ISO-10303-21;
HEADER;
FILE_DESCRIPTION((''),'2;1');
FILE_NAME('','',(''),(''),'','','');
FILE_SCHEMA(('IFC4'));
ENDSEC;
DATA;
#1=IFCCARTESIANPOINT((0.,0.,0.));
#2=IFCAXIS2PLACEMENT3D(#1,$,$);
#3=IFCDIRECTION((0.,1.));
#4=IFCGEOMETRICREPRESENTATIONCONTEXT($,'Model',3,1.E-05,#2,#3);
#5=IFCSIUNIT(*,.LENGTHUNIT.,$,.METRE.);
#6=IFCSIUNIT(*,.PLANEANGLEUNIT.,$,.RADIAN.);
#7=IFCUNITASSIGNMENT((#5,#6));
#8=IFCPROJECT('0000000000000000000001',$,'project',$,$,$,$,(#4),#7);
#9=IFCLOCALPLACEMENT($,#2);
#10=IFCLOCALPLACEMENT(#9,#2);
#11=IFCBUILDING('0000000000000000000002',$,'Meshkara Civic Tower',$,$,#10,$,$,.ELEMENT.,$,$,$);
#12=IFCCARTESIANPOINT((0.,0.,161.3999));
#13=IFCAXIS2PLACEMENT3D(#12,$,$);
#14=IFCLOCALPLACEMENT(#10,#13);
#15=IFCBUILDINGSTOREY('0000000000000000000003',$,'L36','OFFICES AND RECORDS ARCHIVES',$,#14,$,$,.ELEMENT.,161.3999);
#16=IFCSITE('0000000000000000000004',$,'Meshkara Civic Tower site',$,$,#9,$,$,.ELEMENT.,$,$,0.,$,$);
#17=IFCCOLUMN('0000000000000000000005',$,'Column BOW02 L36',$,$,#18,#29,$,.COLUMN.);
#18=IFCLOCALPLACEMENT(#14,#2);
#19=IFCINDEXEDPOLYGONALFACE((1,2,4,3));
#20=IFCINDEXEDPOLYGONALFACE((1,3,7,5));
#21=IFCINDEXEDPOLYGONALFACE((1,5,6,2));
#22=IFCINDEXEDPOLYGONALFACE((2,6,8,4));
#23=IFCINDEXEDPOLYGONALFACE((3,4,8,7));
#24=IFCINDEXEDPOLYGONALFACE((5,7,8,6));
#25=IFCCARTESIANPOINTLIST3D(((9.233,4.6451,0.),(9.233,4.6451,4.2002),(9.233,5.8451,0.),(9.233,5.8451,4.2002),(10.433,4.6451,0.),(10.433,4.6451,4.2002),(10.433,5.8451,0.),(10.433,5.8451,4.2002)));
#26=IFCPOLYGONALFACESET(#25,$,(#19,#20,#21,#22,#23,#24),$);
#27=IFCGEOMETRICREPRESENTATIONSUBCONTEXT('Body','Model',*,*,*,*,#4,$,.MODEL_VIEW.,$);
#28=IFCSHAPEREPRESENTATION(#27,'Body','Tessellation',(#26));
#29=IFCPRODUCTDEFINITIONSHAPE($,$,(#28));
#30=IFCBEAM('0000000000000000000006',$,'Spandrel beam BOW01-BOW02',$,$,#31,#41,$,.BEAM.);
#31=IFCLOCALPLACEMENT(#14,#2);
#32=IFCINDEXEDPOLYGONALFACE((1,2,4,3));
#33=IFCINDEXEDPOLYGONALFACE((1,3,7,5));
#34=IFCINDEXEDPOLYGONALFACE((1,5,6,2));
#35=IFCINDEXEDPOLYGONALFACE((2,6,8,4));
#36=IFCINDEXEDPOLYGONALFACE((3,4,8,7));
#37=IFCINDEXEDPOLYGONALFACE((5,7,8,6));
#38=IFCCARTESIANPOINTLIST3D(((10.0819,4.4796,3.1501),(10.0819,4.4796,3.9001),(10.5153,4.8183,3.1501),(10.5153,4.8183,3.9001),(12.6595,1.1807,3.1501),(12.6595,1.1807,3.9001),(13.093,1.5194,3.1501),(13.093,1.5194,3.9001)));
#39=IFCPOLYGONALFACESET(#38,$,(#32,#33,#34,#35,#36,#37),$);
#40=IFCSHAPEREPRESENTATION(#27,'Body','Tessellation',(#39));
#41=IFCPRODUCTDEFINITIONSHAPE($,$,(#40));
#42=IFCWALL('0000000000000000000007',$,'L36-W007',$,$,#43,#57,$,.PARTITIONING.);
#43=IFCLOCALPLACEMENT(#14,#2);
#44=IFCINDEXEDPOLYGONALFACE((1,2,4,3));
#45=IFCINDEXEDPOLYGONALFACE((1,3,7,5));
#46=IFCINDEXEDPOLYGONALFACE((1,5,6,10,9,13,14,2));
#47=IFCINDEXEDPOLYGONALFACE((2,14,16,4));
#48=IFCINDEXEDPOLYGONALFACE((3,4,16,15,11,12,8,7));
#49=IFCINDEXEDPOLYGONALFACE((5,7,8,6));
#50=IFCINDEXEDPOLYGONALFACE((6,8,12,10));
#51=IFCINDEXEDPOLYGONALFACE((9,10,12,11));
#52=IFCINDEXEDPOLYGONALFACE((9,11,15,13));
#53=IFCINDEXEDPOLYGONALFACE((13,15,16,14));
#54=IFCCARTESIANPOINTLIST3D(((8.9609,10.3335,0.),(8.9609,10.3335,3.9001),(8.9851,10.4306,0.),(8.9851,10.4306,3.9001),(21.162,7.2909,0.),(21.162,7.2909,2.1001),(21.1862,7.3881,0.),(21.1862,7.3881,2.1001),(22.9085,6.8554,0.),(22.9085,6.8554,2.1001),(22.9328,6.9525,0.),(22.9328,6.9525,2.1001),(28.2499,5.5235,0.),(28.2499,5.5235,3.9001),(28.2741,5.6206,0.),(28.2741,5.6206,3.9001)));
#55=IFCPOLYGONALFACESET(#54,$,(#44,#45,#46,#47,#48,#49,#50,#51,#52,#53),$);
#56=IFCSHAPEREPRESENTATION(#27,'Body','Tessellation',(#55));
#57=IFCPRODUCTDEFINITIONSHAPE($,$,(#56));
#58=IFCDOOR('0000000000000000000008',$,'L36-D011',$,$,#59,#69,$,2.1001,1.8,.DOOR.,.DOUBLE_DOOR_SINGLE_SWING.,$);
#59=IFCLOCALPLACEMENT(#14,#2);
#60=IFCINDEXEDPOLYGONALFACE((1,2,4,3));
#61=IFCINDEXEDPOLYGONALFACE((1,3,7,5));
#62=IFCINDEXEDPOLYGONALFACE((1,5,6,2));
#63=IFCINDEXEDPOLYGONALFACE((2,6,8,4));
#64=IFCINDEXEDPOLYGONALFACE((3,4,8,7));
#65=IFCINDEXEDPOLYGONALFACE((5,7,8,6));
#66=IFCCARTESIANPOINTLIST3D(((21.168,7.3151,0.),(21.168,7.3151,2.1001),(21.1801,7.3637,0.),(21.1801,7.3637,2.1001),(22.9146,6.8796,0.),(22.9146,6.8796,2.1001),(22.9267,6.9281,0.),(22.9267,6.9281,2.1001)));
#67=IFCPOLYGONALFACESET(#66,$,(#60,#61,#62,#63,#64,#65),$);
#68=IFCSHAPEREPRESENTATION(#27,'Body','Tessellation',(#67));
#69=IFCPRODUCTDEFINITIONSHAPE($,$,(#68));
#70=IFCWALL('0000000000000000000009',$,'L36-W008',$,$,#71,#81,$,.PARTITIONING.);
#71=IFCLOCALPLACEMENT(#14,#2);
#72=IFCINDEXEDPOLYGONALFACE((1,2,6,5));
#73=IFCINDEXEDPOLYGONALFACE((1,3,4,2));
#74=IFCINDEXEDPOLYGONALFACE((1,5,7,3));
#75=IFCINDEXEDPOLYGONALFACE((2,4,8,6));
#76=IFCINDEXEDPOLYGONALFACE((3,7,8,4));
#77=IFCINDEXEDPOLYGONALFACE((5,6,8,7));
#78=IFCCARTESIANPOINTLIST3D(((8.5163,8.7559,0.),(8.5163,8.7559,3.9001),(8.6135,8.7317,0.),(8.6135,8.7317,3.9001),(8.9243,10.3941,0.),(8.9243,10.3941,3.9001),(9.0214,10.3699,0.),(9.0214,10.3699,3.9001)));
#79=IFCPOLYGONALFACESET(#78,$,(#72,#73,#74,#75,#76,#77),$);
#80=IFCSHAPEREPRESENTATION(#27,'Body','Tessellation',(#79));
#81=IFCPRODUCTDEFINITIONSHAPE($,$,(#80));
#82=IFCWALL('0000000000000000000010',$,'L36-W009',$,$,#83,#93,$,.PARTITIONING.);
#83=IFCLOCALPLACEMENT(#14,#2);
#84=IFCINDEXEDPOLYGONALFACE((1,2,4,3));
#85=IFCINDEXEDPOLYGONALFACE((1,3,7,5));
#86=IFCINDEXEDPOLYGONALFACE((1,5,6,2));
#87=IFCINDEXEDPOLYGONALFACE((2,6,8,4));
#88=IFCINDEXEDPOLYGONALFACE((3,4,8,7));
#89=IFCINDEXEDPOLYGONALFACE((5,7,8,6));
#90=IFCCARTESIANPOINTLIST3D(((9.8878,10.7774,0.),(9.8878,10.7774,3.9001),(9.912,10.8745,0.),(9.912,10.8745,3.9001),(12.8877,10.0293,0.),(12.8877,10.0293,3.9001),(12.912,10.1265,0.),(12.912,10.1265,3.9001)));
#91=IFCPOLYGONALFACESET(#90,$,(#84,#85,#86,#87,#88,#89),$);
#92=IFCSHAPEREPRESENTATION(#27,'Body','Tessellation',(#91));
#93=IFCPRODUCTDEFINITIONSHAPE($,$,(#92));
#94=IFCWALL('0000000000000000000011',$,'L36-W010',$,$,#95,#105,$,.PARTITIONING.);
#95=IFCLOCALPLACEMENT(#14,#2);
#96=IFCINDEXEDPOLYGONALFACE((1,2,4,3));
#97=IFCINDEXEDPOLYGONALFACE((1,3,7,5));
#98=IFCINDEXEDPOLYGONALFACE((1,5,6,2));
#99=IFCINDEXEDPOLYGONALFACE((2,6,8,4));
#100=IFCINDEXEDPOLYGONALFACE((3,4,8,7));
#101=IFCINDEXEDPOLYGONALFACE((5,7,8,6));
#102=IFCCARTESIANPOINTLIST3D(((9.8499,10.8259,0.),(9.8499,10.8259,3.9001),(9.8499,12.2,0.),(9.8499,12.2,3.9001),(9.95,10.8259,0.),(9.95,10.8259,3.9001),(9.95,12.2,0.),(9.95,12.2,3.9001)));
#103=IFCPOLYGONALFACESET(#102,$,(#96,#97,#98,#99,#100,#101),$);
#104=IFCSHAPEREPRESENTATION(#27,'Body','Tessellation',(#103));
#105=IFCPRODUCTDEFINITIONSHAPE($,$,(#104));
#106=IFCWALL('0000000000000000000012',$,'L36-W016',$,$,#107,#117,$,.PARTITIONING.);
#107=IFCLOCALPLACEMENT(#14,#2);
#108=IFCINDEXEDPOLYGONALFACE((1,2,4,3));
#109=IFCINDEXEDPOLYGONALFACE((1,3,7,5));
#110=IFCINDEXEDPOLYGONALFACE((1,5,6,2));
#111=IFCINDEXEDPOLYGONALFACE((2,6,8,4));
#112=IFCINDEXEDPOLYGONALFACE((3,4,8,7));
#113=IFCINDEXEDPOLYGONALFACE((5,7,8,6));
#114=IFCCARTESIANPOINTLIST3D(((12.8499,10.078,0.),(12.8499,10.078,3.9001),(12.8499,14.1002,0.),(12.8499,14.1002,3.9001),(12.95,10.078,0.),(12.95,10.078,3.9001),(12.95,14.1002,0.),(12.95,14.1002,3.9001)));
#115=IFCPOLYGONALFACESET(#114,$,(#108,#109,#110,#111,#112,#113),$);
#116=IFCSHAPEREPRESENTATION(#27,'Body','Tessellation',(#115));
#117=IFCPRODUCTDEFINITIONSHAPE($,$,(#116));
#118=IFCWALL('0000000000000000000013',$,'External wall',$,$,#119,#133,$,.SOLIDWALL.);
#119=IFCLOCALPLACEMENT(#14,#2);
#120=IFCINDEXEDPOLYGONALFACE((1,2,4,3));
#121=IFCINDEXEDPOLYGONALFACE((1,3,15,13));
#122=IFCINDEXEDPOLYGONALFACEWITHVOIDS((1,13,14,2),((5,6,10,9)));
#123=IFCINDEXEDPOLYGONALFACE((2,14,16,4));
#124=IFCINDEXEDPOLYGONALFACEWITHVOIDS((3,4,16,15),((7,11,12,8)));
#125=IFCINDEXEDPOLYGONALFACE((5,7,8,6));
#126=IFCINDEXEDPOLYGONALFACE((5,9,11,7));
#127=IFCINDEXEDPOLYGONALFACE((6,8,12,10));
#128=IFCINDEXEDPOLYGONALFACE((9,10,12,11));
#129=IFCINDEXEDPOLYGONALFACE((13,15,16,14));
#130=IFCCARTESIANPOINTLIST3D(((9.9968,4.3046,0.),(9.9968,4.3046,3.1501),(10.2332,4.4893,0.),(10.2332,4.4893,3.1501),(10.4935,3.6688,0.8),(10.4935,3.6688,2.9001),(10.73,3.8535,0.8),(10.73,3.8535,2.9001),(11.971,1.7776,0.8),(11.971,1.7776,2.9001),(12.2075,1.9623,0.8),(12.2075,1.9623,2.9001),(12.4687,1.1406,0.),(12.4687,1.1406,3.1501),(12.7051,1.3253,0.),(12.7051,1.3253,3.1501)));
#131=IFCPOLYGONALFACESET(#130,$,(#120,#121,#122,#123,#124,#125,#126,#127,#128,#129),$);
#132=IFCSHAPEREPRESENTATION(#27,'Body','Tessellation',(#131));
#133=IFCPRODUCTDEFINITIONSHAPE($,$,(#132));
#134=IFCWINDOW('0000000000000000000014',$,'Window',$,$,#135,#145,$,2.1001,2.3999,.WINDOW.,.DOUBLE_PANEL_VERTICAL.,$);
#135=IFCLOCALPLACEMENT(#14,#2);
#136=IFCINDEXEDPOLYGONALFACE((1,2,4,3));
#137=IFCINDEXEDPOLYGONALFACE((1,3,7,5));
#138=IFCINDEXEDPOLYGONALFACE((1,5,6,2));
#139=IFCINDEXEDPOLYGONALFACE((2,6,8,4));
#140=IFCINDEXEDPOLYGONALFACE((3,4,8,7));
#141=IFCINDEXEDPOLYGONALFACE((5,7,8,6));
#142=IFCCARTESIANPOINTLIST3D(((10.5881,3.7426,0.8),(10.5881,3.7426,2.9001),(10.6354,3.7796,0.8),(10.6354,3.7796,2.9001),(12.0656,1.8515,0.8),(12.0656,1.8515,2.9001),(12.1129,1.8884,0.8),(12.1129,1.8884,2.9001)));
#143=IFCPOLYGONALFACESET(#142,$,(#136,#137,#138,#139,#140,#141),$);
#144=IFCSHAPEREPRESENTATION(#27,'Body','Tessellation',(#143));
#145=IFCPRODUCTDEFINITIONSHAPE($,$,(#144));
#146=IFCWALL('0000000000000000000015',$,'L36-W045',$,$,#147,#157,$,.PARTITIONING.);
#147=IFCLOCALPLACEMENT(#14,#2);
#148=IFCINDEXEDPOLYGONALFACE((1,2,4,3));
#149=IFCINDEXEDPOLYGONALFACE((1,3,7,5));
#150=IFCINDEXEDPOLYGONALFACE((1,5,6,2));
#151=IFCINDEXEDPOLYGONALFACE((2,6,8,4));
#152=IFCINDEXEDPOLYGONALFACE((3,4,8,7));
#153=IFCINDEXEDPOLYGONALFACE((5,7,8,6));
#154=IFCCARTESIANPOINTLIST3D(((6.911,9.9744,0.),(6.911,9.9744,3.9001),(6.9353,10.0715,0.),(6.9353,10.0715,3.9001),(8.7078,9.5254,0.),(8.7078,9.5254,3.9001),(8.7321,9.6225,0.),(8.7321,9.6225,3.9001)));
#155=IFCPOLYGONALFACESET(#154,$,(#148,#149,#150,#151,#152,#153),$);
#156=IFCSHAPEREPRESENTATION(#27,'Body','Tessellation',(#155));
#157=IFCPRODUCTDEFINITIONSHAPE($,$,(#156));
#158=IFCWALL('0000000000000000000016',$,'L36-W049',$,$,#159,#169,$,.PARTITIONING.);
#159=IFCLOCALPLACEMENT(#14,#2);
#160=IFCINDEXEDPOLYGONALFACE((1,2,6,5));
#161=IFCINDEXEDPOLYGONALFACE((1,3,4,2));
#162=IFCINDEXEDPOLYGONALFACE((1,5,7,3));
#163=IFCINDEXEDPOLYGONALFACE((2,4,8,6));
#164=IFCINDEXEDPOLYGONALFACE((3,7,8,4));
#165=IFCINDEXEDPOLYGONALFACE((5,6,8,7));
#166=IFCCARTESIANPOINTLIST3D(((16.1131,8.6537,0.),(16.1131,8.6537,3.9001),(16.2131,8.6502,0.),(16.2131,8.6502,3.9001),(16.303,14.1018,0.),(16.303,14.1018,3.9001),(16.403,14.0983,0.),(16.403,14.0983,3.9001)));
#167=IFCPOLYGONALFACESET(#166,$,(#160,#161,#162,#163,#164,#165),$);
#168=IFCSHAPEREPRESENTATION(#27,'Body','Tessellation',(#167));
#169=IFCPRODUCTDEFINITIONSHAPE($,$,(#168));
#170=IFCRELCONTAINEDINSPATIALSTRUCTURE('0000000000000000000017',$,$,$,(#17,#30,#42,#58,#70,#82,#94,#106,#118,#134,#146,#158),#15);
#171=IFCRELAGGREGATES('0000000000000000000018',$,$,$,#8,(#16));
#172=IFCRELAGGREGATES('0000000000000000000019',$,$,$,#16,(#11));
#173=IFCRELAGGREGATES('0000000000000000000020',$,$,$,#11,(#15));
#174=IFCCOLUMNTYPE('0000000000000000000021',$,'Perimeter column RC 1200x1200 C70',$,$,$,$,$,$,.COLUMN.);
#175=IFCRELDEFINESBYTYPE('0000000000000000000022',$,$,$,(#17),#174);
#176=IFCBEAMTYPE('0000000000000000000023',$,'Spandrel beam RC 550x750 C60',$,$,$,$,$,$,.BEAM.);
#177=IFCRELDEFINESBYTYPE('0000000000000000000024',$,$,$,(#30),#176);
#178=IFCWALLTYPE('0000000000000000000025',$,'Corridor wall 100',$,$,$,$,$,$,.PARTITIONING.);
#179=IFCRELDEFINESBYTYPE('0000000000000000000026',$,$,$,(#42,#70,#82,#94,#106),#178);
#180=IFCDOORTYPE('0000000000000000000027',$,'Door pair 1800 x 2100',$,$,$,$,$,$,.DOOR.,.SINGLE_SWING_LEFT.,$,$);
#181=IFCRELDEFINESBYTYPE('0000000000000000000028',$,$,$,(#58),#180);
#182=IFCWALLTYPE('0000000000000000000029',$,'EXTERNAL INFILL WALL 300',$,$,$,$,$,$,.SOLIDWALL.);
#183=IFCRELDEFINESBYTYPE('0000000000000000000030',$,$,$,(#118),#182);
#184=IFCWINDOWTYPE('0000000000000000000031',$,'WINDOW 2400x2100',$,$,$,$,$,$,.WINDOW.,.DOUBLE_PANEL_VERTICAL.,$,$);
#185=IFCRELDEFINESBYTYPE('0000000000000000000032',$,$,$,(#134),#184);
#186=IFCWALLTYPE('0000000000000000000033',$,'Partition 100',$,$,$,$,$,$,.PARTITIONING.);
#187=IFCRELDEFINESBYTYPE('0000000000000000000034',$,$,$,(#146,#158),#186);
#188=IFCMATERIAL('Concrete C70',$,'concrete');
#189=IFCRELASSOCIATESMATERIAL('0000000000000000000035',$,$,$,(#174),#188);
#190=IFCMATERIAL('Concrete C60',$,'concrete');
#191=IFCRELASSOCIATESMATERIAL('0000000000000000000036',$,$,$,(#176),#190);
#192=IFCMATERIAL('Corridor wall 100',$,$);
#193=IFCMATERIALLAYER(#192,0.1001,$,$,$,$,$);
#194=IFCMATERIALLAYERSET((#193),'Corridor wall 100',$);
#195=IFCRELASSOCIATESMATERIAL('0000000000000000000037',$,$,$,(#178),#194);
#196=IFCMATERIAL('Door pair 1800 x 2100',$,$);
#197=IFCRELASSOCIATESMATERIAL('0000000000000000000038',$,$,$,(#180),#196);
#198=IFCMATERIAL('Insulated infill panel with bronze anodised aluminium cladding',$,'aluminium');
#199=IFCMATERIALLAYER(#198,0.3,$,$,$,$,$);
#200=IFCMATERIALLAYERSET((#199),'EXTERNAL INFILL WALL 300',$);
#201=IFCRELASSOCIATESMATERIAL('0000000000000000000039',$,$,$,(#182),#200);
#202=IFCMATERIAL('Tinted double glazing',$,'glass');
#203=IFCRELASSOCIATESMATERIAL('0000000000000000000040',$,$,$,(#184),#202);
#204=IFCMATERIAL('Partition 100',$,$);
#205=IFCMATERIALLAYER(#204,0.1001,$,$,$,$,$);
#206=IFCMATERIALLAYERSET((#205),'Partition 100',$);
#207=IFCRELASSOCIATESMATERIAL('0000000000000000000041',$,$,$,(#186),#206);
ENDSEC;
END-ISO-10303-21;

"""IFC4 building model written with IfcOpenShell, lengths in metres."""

from ifc_helpers import new_model, si_unit, direction, frame, frame_2d, origin, origin_2d, place, context, subcontext, project, spatial, rectangle, extrude, material, layer, layer_set, material_profile, profile_set, type_object, element, fill, save


model = new_model("IFC4")

# Units and contexts
model_context = context("Model", 3, precision=1e-05, world=origin(), true_north=direction((0.0, 1.0)))
body_context = subcontext(model_context, "Body", "Model", "MODEL_VIEW")
ifc_project = project(units=[si_unit("LENGTHUNIT", "METRE"), si_unit("PLANEANGLEUNIT", "RADIAN")], contexts=[model_context])

# Site, building, storey
site_placement = place(None, origin())
site = spatial("IfcSite", under=ifc_project, at=site_placement, Name="Meshkara Civic Tower site", CompositionType="ELEMENT", RefElevation=0.0)
building_placement = place(site_placement, origin())
building = spatial("IfcBuilding", under=site, at=building_placement, Name="Meshkara Civic Tower", CompositionType="ELEMENT")
storey_placement = place(building_placement, frame((0.0, 0.0, 161.3999)))
storey = spatial("IfcBuildingStorey", under=building, at=storey_placement, Name="L36", Description="OFFICES AND RECORDS ARCHIVES", CompositionType="ELEMENT", Elevation=161.3999)

# Column
ifc_material_1 = material(Name="Concrete C70", Category="concrete")
ifc_material_profile_1 = material_profile(ifc_material_1, rectangle(XDim=1.2, YDim=1.2, at=origin_2d()))
ifc_profile_set_1 = profile_set([ifc_material_profile_1], Name="Concrete C70")
column_type = type_object("IfcColumnType", Name="Perimeter column RC 1200x1200 C70", PredefinedType="COLUMN", material=ifc_profile_set_1)
column_placement = place(storey_placement, frame((9.833, 5.2451, 0.0), z_axis=(0.0, 0.0, 1.0), x_axis=(1.0, 0.0, 0.0)))
element("IfcColumn", 1, at=column_placement, inside=storey, type_object=column_type, Name="Column BOW02 L36", PredefinedType="COLUMN", context=body_context, shape_type="SweptSolid", body=[
    extrude(rectangle(XDim=1.2, YDim=1.2, at=origin_2d()), origin(), (0.0, 0.0, 1.0), 4.2002),
])

# Beam
ifc_material_2 = material(Name="Concrete C60", Category="concrete")
ifc_material_profile_2 = material_profile(ifc_material_2, rectangle(XDim=0.55, YDim=0.75, at=origin_2d()))
ifc_profile_set_2 = profile_set([ifc_material_profile_2], Name="Concrete C60")
beam_type = type_object("IfcBeamType", Name="Spandrel beam RC 550x750 C60", PredefinedType="BEAM", material=ifc_profile_set_2)
beam_placement = place(storey_placement, frame((10.2986, 4.6489, 3.5251), z_axis=(0.615707, -0.787975, 0.0), x_axis=(0.787975, 0.615707, 0.0)))
element("IfcBeam", 2, at=beam_placement, inside=storey, type_object=beam_type, Name="Spandrel beam BOW01-BOW02", PredefinedType="BEAM", context=body_context, shape_type="SweptSolid", body=[
    extrude(rectangle(XDim=0.55, YDim=0.75, at=origin_2d()), origin(), (0.0, 0.0, 1.0), 4.1865),
])

# Wall, opening, door
ifc_material_3 = material(Name="Corridor wall 100")
ifc_layer_1 = layer(ifc_material_3, 0.1001)
ifc_layer_set_1 = layer_set([ifc_layer_1], Name="Corridor wall 100")
wall_type_1 = type_object("IfcWallType", Name="Corridor wall 100", PredefinedType="PARTITIONING", material=ifc_layer_set_1)
wall_1_placement = place(storey_placement, frame((8.9729, 10.3821, 0.0), z_axis=(0.0, 0.0, 1.0), x_axis=(0.970287, -0.241958, 0.0)))
wall_1 = element("IfcWall", 3, at=wall_1_placement, inside=storey, type_object=wall_type_1, Name="L36-W007", PredefinedType="PARTITIONING", context=body_context, shape_type="SweptSolid", body=[
    extrude(rectangle(XDim=19.8796, YDim=0.1001, at=frame_2d((9.9399, 0.0))), origin(), (0.0, 0.0, 1.0), 3.9001),
])
opening_1_placement = place(wall_1_placement, frame((12.575, 0.0, 0.0)))
opening_1 = element("IfcOpeningElement", 4, at=opening_1_placement, cuts=wall_1, PredefinedType="OPENING", context=body_context, shape_type="SweptSolid", body=[
    extrude(rectangle(XDim=1.8, YDim=2.1001, at=frame_2d((0.8999, 1.05))), frame((0.0, 0.0601, 0.0), z_axis=(0.0, -1.0, 0.0), x_axis=(1.0, 0.0, 0.0)), (0.0, 0.0, 1.0), 0.1201),
])
ifc_material_4 = material(Name="Door pair 1800 x 2100")
door_type = type_object("IfcDoorType", Name="Door pair 1800 x 2100", OperationType="SINGLE_SWING_LEFT", PredefinedType="DOOR", material=ifc_material_4)
door_placement = place(opening_1_placement, origin())
door = element("IfcDoor", 5, at=door_placement, inside=storey, type_object=door_type, Name="L36-D011", OperationType="DOUBLE_DOOR_SINGLE_SWING", OverallHeight=2.1001, OverallWidth=1.8, PredefinedType="DOOR", context=body_context, shape_type="SweptSolid", body=[
    extrude(rectangle(XDim=1.8, YDim=2.1001, at=frame_2d((0.8999, 1.05))), frame((0.0, 0.0249, 0.0), z_axis=(0.0, -1.0, 0.0), x_axis=(1.0, 0.0, 0.0)), (0.0, 0.0, 1.0), 0.05),
])
fill(opening_1, door)

# Walls
wall_2_placement = place(storey_placement, frame((8.9729, 10.3821, 0.0), z_axis=(0.0, 0.0, 1.0), x_axis=(-0.241651, -0.970363, 0.0)))
element("IfcWall", 6, at=wall_2_placement, inside=storey, type_object=wall_type_1, Name="L36-W008", PredefinedType="PARTITIONING", context=body_context, shape_type="SweptSolid", body=[
    extrude(rectangle(XDim=1.6882, YDim=0.1001, at=frame_2d((0.8442, 0.0))), origin(), (0.0, 0.0, 1.0), 3.9001),
])
wall_3_placement = place(storey_placement, frame((9.8999, 10.8259, 0.0), z_axis=(0.0, 0.0, 1.0), x_axis=(0.970291, -0.241941, 0.0)))
element("IfcWall", 7, at=wall_3_placement, inside=storey, type_object=wall_type_1, Name="L36-W009", PredefinedType="PARTITIONING", context=body_context, shape_type="SweptSolid", body=[
    extrude(rectangle(XDim=3.0918, YDim=0.1001, at=frame_2d((1.5459, 0.0))), origin(), (0.0, 0.0, 1.0), 3.9001),
])
wall_4_placement = place(storey_placement, frame((9.8999, 12.2, 0.0), z_axis=(0.0, 0.0, 1.0), x_axis=(0.0, -1.0, 0.0)))
element("IfcWall", 8, at=wall_4_placement, inside=storey, type_object=wall_type_1, Name="L36-W010", PredefinedType="PARTITIONING", context=body_context, shape_type="SweptSolid", body=[
    extrude(rectangle(XDim=1.374, YDim=0.1001, at=frame_2d((0.687, 0.0))), origin(), (0.0, 0.0, 1.0), 3.9001),
])
wall_5_placement = place(storey_placement, frame((12.8999, 10.0779, 0.0), z_axis=(0.0, 0.0, 1.0), x_axis=(0.0, 1.0, 0.0)))
element("IfcWall", 9, at=wall_5_placement, inside=storey, type_object=wall_type_1, Name="L36-W016", PredefinedType="PARTITIONING", context=body_context, shape_type="SweptSolid", body=[
    extrude(rectangle(XDim=4.0222, YDim=0.1001, at=frame_2d((2.0112, 0.0))), origin(), (0.0, 0.0, 1.0), 3.9001),
])

# Wall, opening, window
ifc_material_5 = material(Name="Insulated infill panel with bronze anodised aluminium cladding", Category="aluminium")
ifc_layer_2 = layer(ifc_material_5, 0.3)
ifc_layer_set_2 = layer_set([ifc_layer_2], Name="EXTERNAL INFILL WALL 300")
wall_type_2 = type_object("IfcWallType", Name="EXTERNAL INFILL WALL 300", PredefinedType="SOLIDWALL", material=ifc_layer_set_2)
wall_6_placement = place(storey_placement, frame((10.115, 4.397, 0.0), z_axis=(0.0, 0.0, 1.0), x_axis=(0.615644, -0.788024, 0.0)))
wall_6 = element("IfcWall", 10, at=wall_6_placement, inside=storey, type_object=wall_type_2, Name="External wall", PredefinedType="SOLIDWALL", context=body_context, shape_type="SweptSolid", body=[
    extrude(rectangle(XDim=4.0151, YDim=0.3, at=frame_2d((2.0076, 0.0))), origin(), (0.0, 0.0, 1.0), 3.1501),
])
opening_2_placement = place(wall_6_placement, frame((0.8069, 0.0, 0.8)))
opening_2 = element("IfcOpeningElement", 11, at=opening_2_placement, cuts=wall_6, PredefinedType="OPENING", context=body_context, shape_type="SweptSolid", body=[
    extrude(rectangle(XDim=2.3999, YDim=2.1001, at=frame_2d((1.2, 1.05))), frame((0.0, 0.1599, 0.0), z_axis=(0.0, -1.0, 0.0), x_axis=(1.0, 0.0, 0.0)), (0.0, 0.0, 1.0), 0.3201),
])
ifc_material_6 = material(Name="Tinted double glazing", Category="glass")
window_type = type_object("IfcWindowType", Name="WINDOW 2400x2100", PartitioningType="DOUBLE_PANEL_VERTICAL", PredefinedType="WINDOW", material=ifc_material_6)
window_placement = place(opening_2_placement, origin())
window = element("IfcWindow", 12, at=window_placement, inside=storey, type_object=window_type, Name="Window", OverallHeight=2.1001, OverallWidth=2.3999, PartitioningType="DOUBLE_PANEL_VERTICAL", PredefinedType="WINDOW", context=body_context, shape_type="SweptSolid", body=[
    extrude(rectangle(XDim=2.3999, YDim=2.1001, at=frame_2d((1.2, 1.05))), frame((0.0, 0.03, 0.0), z_axis=(0.0, -1.0, 0.0), x_axis=(1.0, 0.0, 0.0)), (0.0, 0.0, 1.0), 0.0601),
])
fill(opening_2, window)

# Walls
ifc_material_7 = material(Name="Partition 100")
ifc_layer_3 = layer(ifc_material_7, 0.1001)
ifc_layer_set_3 = layer_set([ifc_layer_3], Name="Partition 100")
wall_type_3 = type_object("IfcWallType", Name="Partition 100", PredefinedType="PARTITIONING", material=ifc_layer_set_3)
wall_7_placement = place(storey_placement, frame((8.72, 9.574, 0.0), z_axis=(0.0, 0.0, 1.0), x_axis=(-0.970174, 0.242412, 0.0)))
element("IfcWall", 13, at=wall_7_placement, inside=storey, type_object=wall_type_3, Name="L36-W045", PredefinedType="PARTITIONING", context=body_context, shape_type="SweptSolid", body=[
    extrude(rectangle(XDim=1.8521, YDim=0.1001, at=frame_2d((0.926, 0.0))), origin(), (0.0, 0.0, 1.0), 3.9001),
])
wall_8_placement = place(storey_placement, frame((16.1631, 8.6521, 0.0), z_axis=(0.0, 0.0, 1.0), x_axis=(0.034843, 0.999393, 0.0)))
element("IfcWall", 14, at=wall_8_placement, inside=storey, type_object=wall_type_3, Name="L36-W049", PredefinedType="PARTITIONING", context=body_context, shape_type="SweptSolid", body=[
    extrude(rectangle(XDim=5.4514, YDim=0.1001, at=frame_2d((2.7256, 0.0))), origin(), (0.0, 0.0, 1.0), 3.9001),
])

save(model, "model.ifc")
